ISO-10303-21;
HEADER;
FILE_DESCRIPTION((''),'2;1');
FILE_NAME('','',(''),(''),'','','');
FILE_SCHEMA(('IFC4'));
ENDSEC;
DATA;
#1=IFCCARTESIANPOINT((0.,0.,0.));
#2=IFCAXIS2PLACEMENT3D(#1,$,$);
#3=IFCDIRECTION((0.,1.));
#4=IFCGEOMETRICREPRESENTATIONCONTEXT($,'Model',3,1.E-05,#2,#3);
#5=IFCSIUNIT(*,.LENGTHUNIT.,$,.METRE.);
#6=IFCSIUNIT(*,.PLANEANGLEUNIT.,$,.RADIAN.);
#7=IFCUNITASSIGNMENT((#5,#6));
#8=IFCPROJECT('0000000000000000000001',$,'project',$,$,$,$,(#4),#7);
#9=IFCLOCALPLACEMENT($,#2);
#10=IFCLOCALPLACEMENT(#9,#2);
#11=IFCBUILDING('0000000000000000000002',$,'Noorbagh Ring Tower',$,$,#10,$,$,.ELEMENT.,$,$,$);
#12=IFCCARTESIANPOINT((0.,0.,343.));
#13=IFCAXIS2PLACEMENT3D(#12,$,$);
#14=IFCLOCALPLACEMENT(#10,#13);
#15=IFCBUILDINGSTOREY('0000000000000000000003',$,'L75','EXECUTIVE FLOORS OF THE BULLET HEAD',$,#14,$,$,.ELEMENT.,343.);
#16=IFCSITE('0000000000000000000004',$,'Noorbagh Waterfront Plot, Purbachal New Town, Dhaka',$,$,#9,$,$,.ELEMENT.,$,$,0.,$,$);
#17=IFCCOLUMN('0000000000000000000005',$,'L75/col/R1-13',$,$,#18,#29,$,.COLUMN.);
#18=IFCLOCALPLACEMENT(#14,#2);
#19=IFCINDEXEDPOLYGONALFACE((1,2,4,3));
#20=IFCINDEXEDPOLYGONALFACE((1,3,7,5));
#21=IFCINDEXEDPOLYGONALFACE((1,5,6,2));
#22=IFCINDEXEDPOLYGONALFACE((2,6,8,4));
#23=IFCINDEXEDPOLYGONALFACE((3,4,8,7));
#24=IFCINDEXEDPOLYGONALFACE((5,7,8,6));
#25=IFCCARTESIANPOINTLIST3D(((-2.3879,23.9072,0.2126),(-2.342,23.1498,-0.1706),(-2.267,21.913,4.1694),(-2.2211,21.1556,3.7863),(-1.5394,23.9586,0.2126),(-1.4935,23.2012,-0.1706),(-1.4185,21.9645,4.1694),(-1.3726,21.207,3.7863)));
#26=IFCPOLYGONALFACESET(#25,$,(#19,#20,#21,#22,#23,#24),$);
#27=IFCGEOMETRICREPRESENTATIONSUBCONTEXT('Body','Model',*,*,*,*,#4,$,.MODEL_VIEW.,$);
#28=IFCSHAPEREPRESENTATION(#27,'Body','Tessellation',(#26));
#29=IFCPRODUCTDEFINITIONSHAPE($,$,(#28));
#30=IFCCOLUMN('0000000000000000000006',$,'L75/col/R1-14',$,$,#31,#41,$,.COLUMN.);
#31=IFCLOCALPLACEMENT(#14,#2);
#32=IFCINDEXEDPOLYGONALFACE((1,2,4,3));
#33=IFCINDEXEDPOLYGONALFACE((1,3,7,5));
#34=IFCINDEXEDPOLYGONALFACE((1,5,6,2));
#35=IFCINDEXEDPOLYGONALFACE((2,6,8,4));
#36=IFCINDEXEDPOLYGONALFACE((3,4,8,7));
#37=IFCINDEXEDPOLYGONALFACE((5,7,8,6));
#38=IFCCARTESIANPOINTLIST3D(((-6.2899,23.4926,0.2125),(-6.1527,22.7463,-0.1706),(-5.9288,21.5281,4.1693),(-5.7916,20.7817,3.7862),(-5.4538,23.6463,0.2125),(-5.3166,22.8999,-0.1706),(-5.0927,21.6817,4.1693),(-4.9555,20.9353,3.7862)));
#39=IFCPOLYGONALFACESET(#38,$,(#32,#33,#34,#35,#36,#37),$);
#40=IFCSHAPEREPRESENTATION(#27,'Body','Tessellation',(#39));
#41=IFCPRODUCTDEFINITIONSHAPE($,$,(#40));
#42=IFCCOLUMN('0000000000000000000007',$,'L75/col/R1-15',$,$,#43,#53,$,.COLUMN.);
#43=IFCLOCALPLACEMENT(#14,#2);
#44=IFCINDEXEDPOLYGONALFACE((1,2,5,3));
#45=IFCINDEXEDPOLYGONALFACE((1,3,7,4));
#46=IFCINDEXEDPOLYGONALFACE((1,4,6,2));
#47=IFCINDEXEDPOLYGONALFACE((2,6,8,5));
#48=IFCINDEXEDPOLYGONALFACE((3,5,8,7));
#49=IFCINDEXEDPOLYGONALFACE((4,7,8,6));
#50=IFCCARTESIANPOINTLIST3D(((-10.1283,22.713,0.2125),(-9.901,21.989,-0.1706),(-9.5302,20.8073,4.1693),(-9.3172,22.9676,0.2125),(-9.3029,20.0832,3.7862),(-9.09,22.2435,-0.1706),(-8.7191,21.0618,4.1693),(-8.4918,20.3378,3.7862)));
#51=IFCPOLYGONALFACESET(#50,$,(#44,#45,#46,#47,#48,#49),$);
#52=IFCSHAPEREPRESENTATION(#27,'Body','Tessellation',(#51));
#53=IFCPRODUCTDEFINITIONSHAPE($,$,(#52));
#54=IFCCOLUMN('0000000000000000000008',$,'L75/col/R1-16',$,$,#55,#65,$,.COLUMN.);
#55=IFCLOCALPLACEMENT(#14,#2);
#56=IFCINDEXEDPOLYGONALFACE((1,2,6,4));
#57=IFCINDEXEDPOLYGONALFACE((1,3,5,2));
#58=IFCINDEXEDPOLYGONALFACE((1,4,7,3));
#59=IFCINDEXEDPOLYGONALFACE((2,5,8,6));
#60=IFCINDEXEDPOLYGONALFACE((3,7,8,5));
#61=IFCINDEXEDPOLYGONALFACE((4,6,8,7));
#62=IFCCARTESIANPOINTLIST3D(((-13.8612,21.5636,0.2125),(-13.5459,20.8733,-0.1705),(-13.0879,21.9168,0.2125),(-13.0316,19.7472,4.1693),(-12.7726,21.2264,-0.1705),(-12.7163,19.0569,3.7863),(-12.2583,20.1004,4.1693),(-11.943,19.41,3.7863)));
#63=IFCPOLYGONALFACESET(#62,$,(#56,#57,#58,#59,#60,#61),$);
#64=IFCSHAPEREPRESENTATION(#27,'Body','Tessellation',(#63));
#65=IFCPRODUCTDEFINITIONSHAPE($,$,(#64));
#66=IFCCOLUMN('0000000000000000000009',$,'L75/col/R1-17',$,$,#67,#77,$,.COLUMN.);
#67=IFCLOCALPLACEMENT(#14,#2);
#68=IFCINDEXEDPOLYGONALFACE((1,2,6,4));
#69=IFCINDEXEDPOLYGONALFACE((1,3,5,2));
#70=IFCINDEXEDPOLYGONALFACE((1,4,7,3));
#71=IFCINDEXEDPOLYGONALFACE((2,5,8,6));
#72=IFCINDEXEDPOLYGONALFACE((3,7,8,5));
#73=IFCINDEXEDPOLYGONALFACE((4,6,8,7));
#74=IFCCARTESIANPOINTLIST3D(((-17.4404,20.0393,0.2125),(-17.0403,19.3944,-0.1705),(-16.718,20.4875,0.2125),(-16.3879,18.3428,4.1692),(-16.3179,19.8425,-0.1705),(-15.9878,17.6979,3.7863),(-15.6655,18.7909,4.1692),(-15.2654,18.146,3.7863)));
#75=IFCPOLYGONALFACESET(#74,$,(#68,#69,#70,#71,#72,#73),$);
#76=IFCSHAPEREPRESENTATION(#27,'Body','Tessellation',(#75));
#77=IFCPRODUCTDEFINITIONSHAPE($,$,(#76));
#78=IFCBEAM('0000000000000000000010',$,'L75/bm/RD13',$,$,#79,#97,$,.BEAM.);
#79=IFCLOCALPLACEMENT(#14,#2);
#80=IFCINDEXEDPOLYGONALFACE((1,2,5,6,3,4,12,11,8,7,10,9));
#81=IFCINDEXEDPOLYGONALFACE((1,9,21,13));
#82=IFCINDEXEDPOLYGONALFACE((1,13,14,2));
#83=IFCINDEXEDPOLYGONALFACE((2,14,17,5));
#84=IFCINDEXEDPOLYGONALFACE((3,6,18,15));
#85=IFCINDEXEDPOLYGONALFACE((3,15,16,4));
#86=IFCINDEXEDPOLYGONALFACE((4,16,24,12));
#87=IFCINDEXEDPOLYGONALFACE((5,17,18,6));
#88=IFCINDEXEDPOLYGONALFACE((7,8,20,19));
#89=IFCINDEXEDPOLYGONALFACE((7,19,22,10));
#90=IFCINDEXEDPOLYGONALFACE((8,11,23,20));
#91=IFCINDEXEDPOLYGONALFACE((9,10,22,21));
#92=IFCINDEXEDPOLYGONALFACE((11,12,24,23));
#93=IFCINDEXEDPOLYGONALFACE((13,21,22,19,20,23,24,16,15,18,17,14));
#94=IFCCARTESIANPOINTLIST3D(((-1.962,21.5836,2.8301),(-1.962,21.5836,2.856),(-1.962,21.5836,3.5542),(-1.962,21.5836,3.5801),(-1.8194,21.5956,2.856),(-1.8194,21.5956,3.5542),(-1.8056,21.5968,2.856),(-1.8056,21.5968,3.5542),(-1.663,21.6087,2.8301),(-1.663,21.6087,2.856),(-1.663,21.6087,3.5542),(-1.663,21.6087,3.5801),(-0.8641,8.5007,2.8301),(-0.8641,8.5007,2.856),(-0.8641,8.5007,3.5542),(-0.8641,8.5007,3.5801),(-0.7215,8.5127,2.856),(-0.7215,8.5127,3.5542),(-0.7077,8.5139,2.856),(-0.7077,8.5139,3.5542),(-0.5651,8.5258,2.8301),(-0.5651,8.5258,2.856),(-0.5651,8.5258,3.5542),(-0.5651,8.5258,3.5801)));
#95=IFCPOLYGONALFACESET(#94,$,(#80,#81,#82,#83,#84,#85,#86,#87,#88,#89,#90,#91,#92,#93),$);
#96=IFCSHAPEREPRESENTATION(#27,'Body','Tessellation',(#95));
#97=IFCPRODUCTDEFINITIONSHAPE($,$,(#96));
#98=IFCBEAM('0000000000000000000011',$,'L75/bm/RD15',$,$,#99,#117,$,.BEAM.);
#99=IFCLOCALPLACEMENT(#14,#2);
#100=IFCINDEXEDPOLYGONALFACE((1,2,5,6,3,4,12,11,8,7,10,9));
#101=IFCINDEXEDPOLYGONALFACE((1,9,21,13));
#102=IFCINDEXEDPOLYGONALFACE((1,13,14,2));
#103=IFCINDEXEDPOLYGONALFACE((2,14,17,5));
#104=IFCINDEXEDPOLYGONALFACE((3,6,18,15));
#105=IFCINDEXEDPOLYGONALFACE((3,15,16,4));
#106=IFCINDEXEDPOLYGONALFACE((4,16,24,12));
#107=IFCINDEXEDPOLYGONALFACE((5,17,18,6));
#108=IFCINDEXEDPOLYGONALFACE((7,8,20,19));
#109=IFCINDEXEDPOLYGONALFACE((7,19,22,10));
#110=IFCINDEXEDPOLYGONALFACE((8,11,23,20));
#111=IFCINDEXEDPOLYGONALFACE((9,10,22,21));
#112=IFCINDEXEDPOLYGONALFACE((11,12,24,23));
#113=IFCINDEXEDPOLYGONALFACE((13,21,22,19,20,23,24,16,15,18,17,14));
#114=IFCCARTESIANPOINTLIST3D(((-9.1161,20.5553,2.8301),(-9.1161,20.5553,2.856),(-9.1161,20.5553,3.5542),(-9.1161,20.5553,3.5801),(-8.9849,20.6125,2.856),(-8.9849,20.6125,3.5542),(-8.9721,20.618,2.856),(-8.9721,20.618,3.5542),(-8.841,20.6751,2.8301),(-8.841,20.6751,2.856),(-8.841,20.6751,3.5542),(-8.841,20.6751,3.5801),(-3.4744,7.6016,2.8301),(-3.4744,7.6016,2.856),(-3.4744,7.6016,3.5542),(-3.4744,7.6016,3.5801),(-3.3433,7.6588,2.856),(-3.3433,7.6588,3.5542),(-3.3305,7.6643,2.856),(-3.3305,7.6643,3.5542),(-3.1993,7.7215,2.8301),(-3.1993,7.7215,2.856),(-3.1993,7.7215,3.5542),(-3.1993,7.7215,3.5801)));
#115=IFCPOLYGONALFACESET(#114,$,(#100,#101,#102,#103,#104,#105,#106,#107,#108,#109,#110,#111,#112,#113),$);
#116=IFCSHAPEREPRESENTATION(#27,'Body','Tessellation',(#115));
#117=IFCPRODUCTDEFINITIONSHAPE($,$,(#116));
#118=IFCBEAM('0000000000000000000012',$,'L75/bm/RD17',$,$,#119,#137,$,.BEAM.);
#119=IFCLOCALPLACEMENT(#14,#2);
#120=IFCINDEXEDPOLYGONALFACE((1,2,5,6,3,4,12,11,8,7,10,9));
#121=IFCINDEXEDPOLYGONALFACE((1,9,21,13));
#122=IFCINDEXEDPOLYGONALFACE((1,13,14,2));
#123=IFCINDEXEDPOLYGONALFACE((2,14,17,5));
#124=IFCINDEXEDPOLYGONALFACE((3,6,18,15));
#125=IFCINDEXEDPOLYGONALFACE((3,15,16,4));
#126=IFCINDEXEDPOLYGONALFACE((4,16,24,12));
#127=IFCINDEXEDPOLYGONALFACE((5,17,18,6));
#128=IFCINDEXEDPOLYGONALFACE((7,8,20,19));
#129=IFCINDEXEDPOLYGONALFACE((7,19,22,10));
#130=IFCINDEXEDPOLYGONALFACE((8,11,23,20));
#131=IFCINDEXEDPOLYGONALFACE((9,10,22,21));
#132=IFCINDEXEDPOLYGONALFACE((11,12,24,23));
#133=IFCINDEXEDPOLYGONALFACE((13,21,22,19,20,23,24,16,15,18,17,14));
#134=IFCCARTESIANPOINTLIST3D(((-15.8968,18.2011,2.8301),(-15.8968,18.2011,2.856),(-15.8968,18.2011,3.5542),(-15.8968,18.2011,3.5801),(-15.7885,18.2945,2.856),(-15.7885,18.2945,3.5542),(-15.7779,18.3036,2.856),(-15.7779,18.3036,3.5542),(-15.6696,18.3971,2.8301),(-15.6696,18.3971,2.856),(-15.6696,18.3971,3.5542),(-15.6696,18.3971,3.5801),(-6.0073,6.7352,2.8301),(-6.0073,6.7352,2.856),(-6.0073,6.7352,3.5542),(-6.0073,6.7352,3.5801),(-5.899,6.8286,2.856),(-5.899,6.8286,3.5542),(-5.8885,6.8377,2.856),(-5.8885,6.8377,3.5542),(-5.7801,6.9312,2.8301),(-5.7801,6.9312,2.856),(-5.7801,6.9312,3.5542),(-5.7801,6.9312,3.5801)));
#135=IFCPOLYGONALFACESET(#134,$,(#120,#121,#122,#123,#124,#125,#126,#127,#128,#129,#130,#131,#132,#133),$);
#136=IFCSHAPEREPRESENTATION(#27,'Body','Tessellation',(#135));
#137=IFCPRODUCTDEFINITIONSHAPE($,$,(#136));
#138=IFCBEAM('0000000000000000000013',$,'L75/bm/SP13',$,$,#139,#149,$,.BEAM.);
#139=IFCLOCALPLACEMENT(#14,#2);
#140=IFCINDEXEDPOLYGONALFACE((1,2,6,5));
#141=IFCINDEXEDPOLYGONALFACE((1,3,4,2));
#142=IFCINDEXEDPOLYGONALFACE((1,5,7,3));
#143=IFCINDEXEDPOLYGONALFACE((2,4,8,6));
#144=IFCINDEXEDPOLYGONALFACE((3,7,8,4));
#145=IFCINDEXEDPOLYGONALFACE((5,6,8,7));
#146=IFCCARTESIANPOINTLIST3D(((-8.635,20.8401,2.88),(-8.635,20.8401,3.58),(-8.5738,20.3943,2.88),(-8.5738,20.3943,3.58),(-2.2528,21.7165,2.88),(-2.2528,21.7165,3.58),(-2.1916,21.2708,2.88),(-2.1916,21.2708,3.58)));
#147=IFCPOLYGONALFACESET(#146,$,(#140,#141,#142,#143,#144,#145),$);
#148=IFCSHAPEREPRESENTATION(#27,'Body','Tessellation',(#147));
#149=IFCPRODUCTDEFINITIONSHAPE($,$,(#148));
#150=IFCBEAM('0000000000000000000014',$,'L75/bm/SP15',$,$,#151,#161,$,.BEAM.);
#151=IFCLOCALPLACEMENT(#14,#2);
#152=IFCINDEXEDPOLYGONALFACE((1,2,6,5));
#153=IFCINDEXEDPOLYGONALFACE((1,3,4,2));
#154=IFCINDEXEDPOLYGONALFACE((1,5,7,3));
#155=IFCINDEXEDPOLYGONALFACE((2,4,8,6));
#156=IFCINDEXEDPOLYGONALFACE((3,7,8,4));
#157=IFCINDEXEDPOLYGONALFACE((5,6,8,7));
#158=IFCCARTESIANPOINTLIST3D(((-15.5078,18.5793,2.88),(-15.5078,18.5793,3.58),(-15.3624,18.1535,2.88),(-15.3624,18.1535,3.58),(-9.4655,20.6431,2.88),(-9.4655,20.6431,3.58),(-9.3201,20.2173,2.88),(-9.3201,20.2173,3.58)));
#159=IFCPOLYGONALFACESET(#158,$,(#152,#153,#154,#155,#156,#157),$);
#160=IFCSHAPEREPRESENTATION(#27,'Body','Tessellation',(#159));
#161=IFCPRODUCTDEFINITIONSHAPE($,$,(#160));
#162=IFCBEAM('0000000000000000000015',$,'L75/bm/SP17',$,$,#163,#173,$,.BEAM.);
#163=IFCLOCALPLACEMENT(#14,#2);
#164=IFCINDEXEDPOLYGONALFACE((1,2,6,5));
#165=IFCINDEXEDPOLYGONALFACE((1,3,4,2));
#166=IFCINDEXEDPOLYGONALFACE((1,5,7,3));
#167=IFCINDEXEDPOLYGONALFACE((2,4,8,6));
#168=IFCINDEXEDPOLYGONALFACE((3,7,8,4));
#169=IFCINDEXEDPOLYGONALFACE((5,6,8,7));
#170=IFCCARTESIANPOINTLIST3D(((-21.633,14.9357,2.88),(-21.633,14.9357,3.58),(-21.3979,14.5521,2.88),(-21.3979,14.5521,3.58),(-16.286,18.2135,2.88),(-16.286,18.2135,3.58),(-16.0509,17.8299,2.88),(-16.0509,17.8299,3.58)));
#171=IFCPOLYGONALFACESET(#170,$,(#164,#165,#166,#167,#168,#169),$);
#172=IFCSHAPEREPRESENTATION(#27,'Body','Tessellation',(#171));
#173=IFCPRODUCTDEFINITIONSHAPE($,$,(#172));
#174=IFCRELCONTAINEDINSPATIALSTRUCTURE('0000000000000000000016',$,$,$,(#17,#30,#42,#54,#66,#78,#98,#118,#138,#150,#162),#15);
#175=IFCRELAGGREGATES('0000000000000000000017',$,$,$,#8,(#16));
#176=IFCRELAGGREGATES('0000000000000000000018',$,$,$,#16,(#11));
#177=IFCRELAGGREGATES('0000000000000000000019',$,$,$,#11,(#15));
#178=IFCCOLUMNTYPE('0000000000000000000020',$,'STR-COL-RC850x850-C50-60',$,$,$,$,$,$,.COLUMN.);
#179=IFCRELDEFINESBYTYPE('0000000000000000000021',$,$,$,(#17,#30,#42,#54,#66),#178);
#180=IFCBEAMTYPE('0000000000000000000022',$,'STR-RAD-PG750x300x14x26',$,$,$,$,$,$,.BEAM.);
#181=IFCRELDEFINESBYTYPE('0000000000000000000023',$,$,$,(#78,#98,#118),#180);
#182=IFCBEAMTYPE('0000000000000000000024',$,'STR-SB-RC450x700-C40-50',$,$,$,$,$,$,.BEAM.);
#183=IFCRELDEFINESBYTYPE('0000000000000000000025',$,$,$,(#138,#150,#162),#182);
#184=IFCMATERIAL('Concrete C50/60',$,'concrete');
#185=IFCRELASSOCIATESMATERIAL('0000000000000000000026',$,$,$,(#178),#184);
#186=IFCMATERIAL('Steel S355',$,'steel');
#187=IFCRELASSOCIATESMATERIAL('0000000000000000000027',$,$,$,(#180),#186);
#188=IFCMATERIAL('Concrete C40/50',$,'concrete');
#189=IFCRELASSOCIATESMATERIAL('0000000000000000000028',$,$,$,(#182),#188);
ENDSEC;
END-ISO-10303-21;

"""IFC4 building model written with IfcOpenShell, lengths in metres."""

from ifc_helpers import new_model, si_unit, direction, frame, origin, origin_2d, place, context, subcontext, project, spatial, rectangle, i_section, extrude, material, material_profile, profile_set, type_object, element, save


model = new_model("IFC4")

# Units and contexts
model_context = context("Model", 3, precision=1e-05, world=origin(), true_north=direction((0.0, 1.0)))
body_context = subcontext(model_context, "Body", "Model", "MODEL_VIEW")
ifc_project = project(units=[si_unit("LENGTHUNIT", "METRE"), si_unit("PLANEANGLEUNIT", "RADIAN")], contexts=[model_context])

# Site, building, storey
site_placement = place(None, origin())
site = spatial("IfcSite", under=ifc_project, at=site_placement, Name="Noorbagh Waterfront Plot, Purbachal New Town, Dhaka", CompositionType="ELEMENT", RefElevation=0.0)
building_placement = place(site_placement, origin())
building = spatial("IfcBuilding", under=site, at=building_placement, Name="Noorbagh Ring Tower", CompositionType="ELEMENT")
storey_placement = place(building_placement, frame((0.0, 0.0, 343.0)))
storey = spatial("IfcBuildingStorey", under=building, at=storey_placement, Name="L75", Description="EXECUTIVE FLOORS OF THE BULLET HEAD", CompositionType="ELEMENT", Elevation=343.0)

# Columns
ifc_material_1 = material(Name="Concrete C50/60", Category="concrete")
ifc_material_profile_1 = material_profile(ifc_material_1, rectangle(XDim=0.8501, YDim=0.8501, at=origin_2d()), Name="RC850x850")
ifc_profile_set_1 = profile_set([ifc_material_profile_1], Name="Concrete C50/60")
column_type = type_object("IfcColumnType", Name="STR-COL-RC850x850-C50-60", PredefinedType="COLUMN", material=ifc_profile_set_1)
column_1_placement = place(storey_placement, frame((-1.9407, 23.5542, 0.021), z_axis=(0.027264, -0.449887, 0.892669), x_axis=(0.998169, 0.060491, 0.0)))
element("IfcColumn", 1, at=column_1_placement, inside=storey, type_object=column_type, Name="L75/col/R1-13", PredefinedType="COLUMN", context=body_context, shape_type="SweptSolid", body=[
    extrude(rectangle(XDim=0.8501, YDim=0.8501, at=origin_2d()), origin(), (0.0, 0.0, 1.0), 4.4326),
])
for number, where, z_axis, x_axis, name in (
    (2, (-5.8032, 23.1963, 0.021), (0.081465, -0.443236, 0.892696), (0.983526, 0.180767, 0.0), "L75/col/R1-14"),
    (3, (-9.6091, 22.4783, 0.021), (0.134949, -0.429965, 0.892703), (0.95411, 0.299458, 0.0), "L75/col/R1-15"),
):
    element("IfcColumn", number, at=place(storey_placement, frame(where, z_axis=z_axis, x_axis=x_axis)), inside=storey, type_object=column_type, Name=name, PredefinedType="COLUMN", context=body_context, shape_type="SweptSolid", body=[
        extrude(rectangle(XDim=0.8501, YDim=0.8501, at=origin_2d()), origin(), (0.0, 0.0, 1.0), 4.4324),
    ])
column_2_placement = place(storey_placement, frame((-13.3169, 21.395, 0.021), z_axis=(0.187177, -0.409828, 0.892752), x_axis=(0.90962, 0.415442, 0.0)))
element("IfcColumn", 4, at=column_2_placement, inside=storey, type_object=column_type, Name="L75/col/R1-16", PredefinedType="COLUMN", context=body_context, shape_type="SweptSolid", body=[
    extrude(rectangle(XDim=0.8501, YDim=0.8501, at=origin_2d()), origin(), (0.0, 0.0, 1.0), 4.4321),
])
column_3_placement = place(storey_placement, frame((-16.8792, 19.9409, 0.021), z_axis=(0.237478, -0.382797, 0.892788), x_axis=(0.849759, 0.527171, 0.0)))
element("IfcColumn", 5, at=column_3_placement, inside=storey, type_object=column_type, Name="L75/col/R1-17", PredefinedType="COLUMN", context=body_context, shape_type="SweptSolid", body=[
    extrude(rectangle(XDim=0.8501, YDim=0.8501, at=origin_2d()), origin(), (0.0, 0.0, 1.0), 4.4319),
])

# Beams
ifc_material_2 = material(Name="Steel S355", Category="steel")
ifc_material_profile_2 = material_profile(ifc_material_2, i_section(OverallWidth=0.3, OverallDepth=0.75, WebThickness=0.0139, FlangeThickness=0.0259, at=origin_2d()), Name="PG750x300x14x26")
ifc_profile_set_2 = profile_set([ifc_material_profile_2], Name="Steel S355")
beam_type_1 = type_object("IfcBeamType", Name="STR-RAD-PG750x300x14x26", PredefinedType="BEAM", material=ifc_profile_set_2)
beam_1_placement = place(storey_placement, frame((-1.8125, 21.5962, 3.2051), z_axis=(0.083624, -0.996497, 0.0), x_axis=(0.996497, 0.083624, 0.0)))
element("IfcBeam", 6, at=beam_1_placement, inside=storey, type_object=beam_type_1, Name="L75/bm/RD13", PredefinedType="BEAM", context=body_context, shape_type="SweptSolid", body=[
    extrude(i_section(OverallWidth=0.3, OverallDepth=0.75, WebThickness=0.0139, FlangeThickness=0.0259, at=origin_2d()), origin(), (0.0, 0.0, 1.0), 13.1289),
])
beam_2_placement = place(storey_placement, frame((-8.9785, 20.6152, 3.2051), z_axis=(0.399297, -0.916822, 0.0), x_axis=(0.916822, 0.399297, 0.0)))
element("IfcBeam", 7, at=beam_2_placement, inside=storey, type_object=beam_type_1, Name="L75/bm/RD15", PredefinedType="BEAM", context=body_context, shape_type="SweptSolid", body=[
    extrude(i_section(OverallWidth=0.3, OverallDepth=0.75, WebThickness=0.0139, FlangeThickness=0.0259, at=origin_2d()), origin(), (0.0, 0.0, 1.0), 14.1289),
])
beam_3_placement = place(storey_placement, frame((-15.7832, 18.2991, 3.2051), z_axis=(0.653132, -0.757244, 0.0), x_axis=(0.757244, 0.653132, 0.0)))
element("IfcBeam", 8, at=beam_3_placement, inside=storey, type_object=beam_type_1, Name="L75/bm/RD17", PredefinedType="BEAM", context=body_context, shape_type="SweptSolid", body=[
    extrude(i_section(OverallWidth=0.3, OverallDepth=0.75, WebThickness=0.0139, FlangeThickness=0.0259, at=origin_2d()), origin(), (0.0, 0.0, 1.0), 15.1416),
])
ifc_material_3 = material(Name="Concrete C40/50", Category="concrete")
ifc_material_profile_3 = material_profile(ifc_material_3, rectangle(XDim=0.45, YDim=0.7, at=origin_2d()), Name="RC450x700")
ifc_profile_set_3 = profile_set([ifc_material_profile_3], Name="Concrete C40/50")
beam_type_2 = type_object("IfcBeamType", Name="STR-SB-RC450x700-C40-50", PredefinedType="BEAM", material=ifc_profile_set_3)
beam_4_placement = place(storey_placement, frame((-2.2222, 21.4937, 3.23), z_axis=(-0.990702, -0.13605, 0.0), x_axis=(0.13605, -0.990702, 0.0)))
element("IfcBeam", 9, at=beam_4_placement, inside=storey, type_object=beam_type_2, Name="L75/bm/SP13", PredefinedType="BEAM", context=body_context, shape_type="SweptSolid", body=[
    extrude(rectangle(XDim=0.45, YDim=0.7, at=origin_2d()), origin(), (0.0, 0.0, 1.0), 6.4421),
])
beam_5_placement = place(storey_placement, frame((-9.3928, 20.4302, 3.23), z_axis=(-0.946325, -0.323217, 0.0), x_axis=(0.323217, -0.946325, 0.0)))
element("IfcBeam", 10, at=beam_5_placement, inside=storey, type_object=beam_type_2, Name="L75/bm/SP15", PredefinedType="BEAM", context=body_context, shape_type="SweptSolid", body=[
    extrude(rectangle(XDim=0.45, YDim=0.7, at=origin_2d()), origin(), (0.0, 0.0, 1.0), 6.385),
])
beam_6_placement = place(storey_placement, frame((-16.1685, 18.0217, 3.23), z_axis=(-0.852553, -0.522641, 0.0), x_axis=(0.522641, -0.852553, 0.0)))
element("IfcBeam", 11, at=beam_6_placement, inside=storey, type_object=beam_type_2, Name="L75/bm/SP17", PredefinedType="BEAM", context=body_context, shape_type="SweptSolid", body=[
    extrude(rectangle(XDim=0.45, YDim=0.7, at=origin_2d()), origin(), (0.0, 0.0, 1.0), 6.2717),
])

save(model, "model.ifc")
